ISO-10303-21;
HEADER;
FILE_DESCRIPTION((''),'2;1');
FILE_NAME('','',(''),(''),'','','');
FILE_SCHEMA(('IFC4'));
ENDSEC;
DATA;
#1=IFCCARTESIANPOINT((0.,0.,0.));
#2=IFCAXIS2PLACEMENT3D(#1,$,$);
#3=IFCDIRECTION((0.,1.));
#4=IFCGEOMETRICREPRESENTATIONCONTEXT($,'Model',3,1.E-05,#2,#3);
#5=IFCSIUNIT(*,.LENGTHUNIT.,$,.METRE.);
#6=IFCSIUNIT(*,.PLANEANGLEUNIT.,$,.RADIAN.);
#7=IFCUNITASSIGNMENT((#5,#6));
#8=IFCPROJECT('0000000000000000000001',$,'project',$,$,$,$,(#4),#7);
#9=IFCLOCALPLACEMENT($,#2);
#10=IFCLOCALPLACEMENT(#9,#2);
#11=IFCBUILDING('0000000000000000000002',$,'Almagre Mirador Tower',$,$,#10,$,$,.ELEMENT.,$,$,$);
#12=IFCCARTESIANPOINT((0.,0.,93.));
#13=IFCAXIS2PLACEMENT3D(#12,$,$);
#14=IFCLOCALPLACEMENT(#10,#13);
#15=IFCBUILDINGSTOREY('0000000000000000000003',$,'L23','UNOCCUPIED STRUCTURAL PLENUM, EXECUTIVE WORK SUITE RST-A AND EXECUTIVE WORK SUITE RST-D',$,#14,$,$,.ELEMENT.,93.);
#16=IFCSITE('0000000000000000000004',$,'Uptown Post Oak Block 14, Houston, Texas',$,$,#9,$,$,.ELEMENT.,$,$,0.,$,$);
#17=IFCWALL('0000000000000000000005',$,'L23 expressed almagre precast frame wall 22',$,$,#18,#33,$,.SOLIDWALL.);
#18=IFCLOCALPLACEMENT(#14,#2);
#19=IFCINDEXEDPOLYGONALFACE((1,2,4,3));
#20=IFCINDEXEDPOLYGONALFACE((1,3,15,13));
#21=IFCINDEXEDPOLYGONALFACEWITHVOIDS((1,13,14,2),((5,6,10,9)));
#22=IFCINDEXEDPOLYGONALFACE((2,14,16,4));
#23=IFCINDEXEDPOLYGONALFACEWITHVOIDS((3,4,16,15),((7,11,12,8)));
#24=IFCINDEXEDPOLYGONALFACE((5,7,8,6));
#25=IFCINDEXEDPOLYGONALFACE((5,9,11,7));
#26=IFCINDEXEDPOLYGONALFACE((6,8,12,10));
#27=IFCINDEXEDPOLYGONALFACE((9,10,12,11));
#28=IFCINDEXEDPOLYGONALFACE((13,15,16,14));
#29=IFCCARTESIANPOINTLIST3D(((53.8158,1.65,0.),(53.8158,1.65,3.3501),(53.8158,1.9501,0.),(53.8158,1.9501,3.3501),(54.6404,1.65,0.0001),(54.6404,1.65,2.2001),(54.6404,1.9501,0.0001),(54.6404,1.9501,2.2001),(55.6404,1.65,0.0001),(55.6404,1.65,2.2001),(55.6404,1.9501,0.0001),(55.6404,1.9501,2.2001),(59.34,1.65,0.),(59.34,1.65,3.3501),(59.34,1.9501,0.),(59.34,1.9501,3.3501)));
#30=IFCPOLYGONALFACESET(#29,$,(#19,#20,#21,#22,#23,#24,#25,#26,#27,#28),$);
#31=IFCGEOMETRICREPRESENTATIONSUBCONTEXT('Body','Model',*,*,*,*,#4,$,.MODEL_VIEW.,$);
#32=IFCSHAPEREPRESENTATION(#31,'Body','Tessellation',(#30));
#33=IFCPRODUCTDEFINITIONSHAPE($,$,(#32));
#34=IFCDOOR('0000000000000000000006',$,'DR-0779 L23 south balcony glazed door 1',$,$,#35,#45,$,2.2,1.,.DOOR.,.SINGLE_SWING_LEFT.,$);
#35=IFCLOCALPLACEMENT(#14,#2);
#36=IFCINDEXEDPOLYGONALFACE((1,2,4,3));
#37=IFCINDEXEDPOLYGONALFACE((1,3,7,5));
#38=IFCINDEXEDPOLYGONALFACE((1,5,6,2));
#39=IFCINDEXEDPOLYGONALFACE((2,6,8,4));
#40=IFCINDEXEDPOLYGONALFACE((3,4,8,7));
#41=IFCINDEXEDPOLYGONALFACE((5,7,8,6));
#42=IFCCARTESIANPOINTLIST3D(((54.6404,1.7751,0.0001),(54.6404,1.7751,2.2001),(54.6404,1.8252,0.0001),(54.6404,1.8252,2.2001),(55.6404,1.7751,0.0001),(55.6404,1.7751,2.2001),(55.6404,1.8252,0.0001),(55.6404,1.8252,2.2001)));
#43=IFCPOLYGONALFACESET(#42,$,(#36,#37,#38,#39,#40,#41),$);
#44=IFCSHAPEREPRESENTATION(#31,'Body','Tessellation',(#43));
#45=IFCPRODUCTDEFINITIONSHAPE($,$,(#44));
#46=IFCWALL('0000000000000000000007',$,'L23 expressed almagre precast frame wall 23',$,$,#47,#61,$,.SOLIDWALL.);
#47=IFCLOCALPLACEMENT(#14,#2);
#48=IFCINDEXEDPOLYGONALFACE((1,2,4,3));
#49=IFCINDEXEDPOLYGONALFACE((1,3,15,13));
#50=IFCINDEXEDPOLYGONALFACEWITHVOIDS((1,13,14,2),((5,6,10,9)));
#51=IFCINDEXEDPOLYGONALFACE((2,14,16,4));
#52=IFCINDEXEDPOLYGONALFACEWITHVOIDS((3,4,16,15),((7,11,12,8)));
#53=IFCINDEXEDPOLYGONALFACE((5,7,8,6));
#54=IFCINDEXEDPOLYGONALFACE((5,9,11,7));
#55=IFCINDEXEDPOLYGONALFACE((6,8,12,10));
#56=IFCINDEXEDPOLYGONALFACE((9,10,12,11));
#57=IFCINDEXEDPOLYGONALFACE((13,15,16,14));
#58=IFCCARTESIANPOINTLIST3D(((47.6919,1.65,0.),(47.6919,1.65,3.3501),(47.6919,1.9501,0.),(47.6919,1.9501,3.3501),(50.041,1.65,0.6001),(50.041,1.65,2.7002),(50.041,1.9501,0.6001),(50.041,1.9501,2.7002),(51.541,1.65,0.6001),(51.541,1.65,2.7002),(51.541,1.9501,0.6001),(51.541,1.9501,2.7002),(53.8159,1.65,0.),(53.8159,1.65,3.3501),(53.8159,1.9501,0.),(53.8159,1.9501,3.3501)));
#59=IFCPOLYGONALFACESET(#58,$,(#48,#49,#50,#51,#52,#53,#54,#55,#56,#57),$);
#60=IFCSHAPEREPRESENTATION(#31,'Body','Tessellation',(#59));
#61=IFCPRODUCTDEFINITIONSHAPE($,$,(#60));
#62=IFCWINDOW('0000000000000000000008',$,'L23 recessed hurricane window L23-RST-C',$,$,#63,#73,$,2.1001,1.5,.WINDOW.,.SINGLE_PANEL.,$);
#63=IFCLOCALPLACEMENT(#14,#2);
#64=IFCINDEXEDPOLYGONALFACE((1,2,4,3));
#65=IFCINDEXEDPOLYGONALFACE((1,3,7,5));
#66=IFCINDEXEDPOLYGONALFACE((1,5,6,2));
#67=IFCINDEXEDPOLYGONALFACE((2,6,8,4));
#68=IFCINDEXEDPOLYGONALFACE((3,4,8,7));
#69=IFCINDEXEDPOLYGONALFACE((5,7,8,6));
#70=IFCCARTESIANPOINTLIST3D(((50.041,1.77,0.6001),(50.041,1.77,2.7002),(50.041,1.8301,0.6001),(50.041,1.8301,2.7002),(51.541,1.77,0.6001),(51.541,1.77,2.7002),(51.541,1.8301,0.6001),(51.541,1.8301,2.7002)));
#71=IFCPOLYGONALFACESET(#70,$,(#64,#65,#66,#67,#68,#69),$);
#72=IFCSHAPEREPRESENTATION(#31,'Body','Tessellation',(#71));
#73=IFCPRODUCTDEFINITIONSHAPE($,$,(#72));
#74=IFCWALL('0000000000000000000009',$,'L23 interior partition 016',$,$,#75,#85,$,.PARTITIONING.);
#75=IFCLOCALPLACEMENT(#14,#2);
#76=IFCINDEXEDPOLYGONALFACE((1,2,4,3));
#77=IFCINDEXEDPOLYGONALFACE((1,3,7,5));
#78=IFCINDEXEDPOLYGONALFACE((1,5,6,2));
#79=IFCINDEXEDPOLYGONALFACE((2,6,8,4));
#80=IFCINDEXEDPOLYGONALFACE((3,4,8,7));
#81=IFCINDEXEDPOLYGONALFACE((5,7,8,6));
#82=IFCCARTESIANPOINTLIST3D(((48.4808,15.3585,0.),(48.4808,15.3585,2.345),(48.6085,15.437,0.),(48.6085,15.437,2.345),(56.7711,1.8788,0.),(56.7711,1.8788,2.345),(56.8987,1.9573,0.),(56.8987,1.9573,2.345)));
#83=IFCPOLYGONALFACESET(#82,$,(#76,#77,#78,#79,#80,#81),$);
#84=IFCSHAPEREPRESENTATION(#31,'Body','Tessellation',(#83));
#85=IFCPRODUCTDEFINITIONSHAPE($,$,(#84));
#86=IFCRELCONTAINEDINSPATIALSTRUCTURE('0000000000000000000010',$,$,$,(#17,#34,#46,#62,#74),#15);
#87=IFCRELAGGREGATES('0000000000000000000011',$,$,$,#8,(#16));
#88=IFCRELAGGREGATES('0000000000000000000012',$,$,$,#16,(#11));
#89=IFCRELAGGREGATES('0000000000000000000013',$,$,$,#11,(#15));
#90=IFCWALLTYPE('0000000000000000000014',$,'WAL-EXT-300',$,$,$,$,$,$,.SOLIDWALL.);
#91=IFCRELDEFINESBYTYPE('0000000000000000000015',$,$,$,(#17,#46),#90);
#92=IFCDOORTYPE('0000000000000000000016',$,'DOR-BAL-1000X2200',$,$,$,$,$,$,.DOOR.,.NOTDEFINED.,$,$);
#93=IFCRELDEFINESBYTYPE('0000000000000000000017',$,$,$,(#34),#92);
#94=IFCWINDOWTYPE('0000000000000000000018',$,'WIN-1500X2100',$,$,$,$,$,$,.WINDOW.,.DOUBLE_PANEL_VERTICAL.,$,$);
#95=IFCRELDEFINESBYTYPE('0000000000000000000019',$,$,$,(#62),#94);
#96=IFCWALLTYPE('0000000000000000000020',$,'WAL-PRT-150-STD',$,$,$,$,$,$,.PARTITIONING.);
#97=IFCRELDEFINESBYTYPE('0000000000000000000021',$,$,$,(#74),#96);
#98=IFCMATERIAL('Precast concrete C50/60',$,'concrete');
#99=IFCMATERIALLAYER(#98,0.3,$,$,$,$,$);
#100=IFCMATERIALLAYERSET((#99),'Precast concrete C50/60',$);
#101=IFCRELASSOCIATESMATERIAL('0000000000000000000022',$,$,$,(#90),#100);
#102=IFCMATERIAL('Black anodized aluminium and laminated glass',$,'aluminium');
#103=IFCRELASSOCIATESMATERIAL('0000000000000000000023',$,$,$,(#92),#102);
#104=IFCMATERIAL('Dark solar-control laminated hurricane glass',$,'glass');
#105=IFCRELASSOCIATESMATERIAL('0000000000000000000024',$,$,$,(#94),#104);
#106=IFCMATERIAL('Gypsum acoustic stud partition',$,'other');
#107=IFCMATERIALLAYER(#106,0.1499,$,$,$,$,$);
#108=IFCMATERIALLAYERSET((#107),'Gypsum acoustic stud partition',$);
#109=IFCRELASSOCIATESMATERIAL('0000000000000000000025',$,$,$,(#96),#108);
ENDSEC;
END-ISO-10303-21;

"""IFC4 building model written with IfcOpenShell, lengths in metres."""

from ifc_helpers import new_model, si_unit, direction, frame, frame_2d, origin, place, context, subcontext, project, spatial, rectangle, extrude, material, layer, layer_set, type_object, element, fill, save


model = new_model("IFC4")

# Units and contexts
model_context = context("Model", 3, precision=1e-05, world=origin(), true_north=direction((0.0, 1.0)))
body_context = subcontext(model_context, "Body", "Model", "MODEL_VIEW")
ifc_project = project(units=[si_unit("LENGTHUNIT", "METRE"), si_unit("PLANEANGLEUNIT", "RADIAN")], contexts=[model_context])

# Site, building, storey
site_placement = place(None, origin())
site = spatial("IfcSite", under=ifc_project, at=site_placement, Name="Uptown Post Oak Block 14, Houston, Texas", CompositionType="ELEMENT", RefElevation=0.0)
building_placement = place(site_placement, origin())
building = spatial("IfcBuilding", under=site, at=building_placement, Name="Almagre Mirador Tower", CompositionType="ELEMENT")
storey_placement = place(building_placement, frame((0.0, 0.0, 93.0)))
storey = spatial("IfcBuildingStorey", under=building, at=storey_placement, Name="L23", Description="UNOCCUPIED STRUCTURAL PLENUM, EXECUTIVE WORK SUITE RST-A AND EXECUTIVE WORK SUITE RST-D", CompositionType="ELEMENT", Elevation=93.0)

# Shared definitions
ifc_material_1 = material(Name="Precast concrete C50/60", Category="concrete")
ifc_layer_1 = layer(ifc_material_1, 0.3)
ifc_layer_set_1 = layer_set([ifc_layer_1], Name="Precast concrete C50/60")
wall_type_1 = type_object("IfcWallType", Name="WAL-EXT-300", PredefinedType="SOLIDWALL", material=ifc_layer_set_1)

# Wall, opening, door
wall_1_placement = place(storey_placement, frame((59.3401, 1.8, 0.0), z_axis=(0.0, 0.0, 1.0), x_axis=(-1.0, 0.0, 0.0)))
wall_1 = element("IfcWall", 1, at=wall_1_placement, inside=storey, type_object=wall_type_1, Name="L23 expressed almagre precast frame wall 22", PredefinedType="SOLIDWALL", context=body_context, shape_type="SweptSolid", body=[
    extrude(rectangle(XDim=5.5242, YDim=0.3, at=frame_2d((2.7622, 0.0))), origin(), (0.0, 0.0, 1.0), 3.3501),
])
opening_1_placement = place(wall_1_placement, frame((3.6997, 0.0, 0.0)))
opening_1 = element("IfcOpeningElement", 2, at=opening_1_placement, cuts=wall_1, PredefinedType="OPENING", context=body_context, shape_type="SweptSolid", body=[
    extrude(rectangle(XDim=1.0, YDim=2.2, at=frame_2d((0.5, 1.1001))), frame((0.0, 0.1599, 0.0), z_axis=(0.0, -1.0, 0.0), x_axis=(1.0, 0.0, 0.0)), (0.0, 0.0, 1.0), 0.32),
])
ifc_material_2 = material(Name="Black anodized aluminium and laminated glass", Category="aluminium")
door_type = type_object("IfcDoorType", Name="DOR-BAL-1000X2200", OperationType="NOTDEFINED", PredefinedType="DOOR", material=ifc_material_2)
door_placement = place(opening_1_placement, origin())
door = element("IfcDoor", 3, at=door_placement, inside=storey, type_object=door_type, Name="DR-0779 L23 south balcony glazed door 1", OperationType="SINGLE_SWING_LEFT", OverallHeight=2.2, OverallWidth=1.0, PredefinedType="DOOR", context=body_context, shape_type="SweptSolid", body=[
    extrude(rectangle(XDim=1.0, YDim=2.2, at=frame_2d((0.5, 1.1001))), frame((0.0, 0.0249, 0.0), z_axis=(0.0, -1.0, 0.0), x_axis=(1.0, 0.0, 0.0)), (0.0, 0.0, 1.0), 0.05),
])
fill(opening_1, door)

# Wall, opening, window
wall_2_placement = place(storey_placement, frame((53.8159, 1.8, 0.0), z_axis=(0.0, 0.0, 1.0), x_axis=(-1.0, 0.0, 0.0)))
wall_2 = element("IfcWall", 4, at=wall_2_placement, inside=storey, type_object=wall_type_1, Name="L23 expressed almagre precast frame wall 23", PredefinedType="SOLIDWALL", context=body_context, shape_type="SweptSolid", body=[
    extrude(rectangle(XDim=6.124, YDim=0.3, at=frame_2d((3.062, 0.0))), origin(), (0.0, 0.0, 1.0), 3.3501),
])
opening_2_placement = place(wall_2_placement, frame((2.2749, 0.0, 0.6001)))
opening_2 = element("IfcOpeningElement", 5, at=opening_2_placement, cuts=wall_2, PredefinedType="OPENING", context=body_context, shape_type="SweptSolid", body=[
    extrude(rectangle(XDim=1.5, YDim=2.1001, at=frame_2d((0.75, 1.05))), frame((0.0, 0.1599, 0.0), z_axis=(0.0, -1.0, 0.0), x_axis=(1.0, 0.0, 0.0)), (0.0, 0.0, 1.0), 0.32),
])
ifc_material_3 = material(Name="Dark solar-control laminated hurricane glass", Category="glass")
window_type_1 = type_object("IfcWindowType", Name="WIN-1500X2100", PartitioningType="DOUBLE_PANEL_VERTICAL", PredefinedType="WINDOW", material=ifc_material_3)
window_1_placement = place(opening_2_placement, origin())
window_1 = element("IfcWindow", 6, at=window_1_placement, inside=storey, type_object=window_type_1, Name="L23 recessed hurricane window L23-RST-C", OverallHeight=2.1001, OverallWidth=1.5, PartitioningType="SINGLE_PANEL", PredefinedType="WINDOW", context=body_context, shape_type="SweptSolid", body=[
    extrude(rectangle(XDim=1.5, YDim=2.1001, at=frame_2d((0.75, 1.05))), frame((0.0, 0.03, 0.0), z_axis=(0.0, -1.0, 0.0), x_axis=(1.0, 0.0, 0.0)), (0.0, 0.0, 1.0), 0.0601),
])
fill(opening_2, window_1)

# Wall
ifc_material_4 = material(Name="Gypsum acoustic stud partition", Category="other")
ifc_layer_2 = layer(ifc_material_4, 0.1499)
ifc_layer_set_2 = layer_set([ifc_layer_2], Name="Gypsum acoustic stud partition")
wall_type_2 = type_object("IfcWallType", Name="WAL-PRT-150-STD", PredefinedType="PARTITIONING", material=ifc_layer_set_2)
wall_3_placement = place(storey_placement, frame((56.835, 1.918, 0.0), z_axis=(0.0, 0.0, 1.0), x_axis=(-0.523871, 0.851798, 0.0)))
element("IfcWall", 7, at=wall_3_placement, inside=storey, type_object=wall_type_2, Name="L23 interior partition 016", PredefinedType="PARTITIONING", context=body_context, shape_type="SweptSolid", body=[
    extrude(rectangle(XDim=15.825, YDim=0.1499, at=frame_2d((7.9126, 0.0))), origin(), (0.0, 0.0, 1.0), 2.345),
])

save(model, "model.ifc")
